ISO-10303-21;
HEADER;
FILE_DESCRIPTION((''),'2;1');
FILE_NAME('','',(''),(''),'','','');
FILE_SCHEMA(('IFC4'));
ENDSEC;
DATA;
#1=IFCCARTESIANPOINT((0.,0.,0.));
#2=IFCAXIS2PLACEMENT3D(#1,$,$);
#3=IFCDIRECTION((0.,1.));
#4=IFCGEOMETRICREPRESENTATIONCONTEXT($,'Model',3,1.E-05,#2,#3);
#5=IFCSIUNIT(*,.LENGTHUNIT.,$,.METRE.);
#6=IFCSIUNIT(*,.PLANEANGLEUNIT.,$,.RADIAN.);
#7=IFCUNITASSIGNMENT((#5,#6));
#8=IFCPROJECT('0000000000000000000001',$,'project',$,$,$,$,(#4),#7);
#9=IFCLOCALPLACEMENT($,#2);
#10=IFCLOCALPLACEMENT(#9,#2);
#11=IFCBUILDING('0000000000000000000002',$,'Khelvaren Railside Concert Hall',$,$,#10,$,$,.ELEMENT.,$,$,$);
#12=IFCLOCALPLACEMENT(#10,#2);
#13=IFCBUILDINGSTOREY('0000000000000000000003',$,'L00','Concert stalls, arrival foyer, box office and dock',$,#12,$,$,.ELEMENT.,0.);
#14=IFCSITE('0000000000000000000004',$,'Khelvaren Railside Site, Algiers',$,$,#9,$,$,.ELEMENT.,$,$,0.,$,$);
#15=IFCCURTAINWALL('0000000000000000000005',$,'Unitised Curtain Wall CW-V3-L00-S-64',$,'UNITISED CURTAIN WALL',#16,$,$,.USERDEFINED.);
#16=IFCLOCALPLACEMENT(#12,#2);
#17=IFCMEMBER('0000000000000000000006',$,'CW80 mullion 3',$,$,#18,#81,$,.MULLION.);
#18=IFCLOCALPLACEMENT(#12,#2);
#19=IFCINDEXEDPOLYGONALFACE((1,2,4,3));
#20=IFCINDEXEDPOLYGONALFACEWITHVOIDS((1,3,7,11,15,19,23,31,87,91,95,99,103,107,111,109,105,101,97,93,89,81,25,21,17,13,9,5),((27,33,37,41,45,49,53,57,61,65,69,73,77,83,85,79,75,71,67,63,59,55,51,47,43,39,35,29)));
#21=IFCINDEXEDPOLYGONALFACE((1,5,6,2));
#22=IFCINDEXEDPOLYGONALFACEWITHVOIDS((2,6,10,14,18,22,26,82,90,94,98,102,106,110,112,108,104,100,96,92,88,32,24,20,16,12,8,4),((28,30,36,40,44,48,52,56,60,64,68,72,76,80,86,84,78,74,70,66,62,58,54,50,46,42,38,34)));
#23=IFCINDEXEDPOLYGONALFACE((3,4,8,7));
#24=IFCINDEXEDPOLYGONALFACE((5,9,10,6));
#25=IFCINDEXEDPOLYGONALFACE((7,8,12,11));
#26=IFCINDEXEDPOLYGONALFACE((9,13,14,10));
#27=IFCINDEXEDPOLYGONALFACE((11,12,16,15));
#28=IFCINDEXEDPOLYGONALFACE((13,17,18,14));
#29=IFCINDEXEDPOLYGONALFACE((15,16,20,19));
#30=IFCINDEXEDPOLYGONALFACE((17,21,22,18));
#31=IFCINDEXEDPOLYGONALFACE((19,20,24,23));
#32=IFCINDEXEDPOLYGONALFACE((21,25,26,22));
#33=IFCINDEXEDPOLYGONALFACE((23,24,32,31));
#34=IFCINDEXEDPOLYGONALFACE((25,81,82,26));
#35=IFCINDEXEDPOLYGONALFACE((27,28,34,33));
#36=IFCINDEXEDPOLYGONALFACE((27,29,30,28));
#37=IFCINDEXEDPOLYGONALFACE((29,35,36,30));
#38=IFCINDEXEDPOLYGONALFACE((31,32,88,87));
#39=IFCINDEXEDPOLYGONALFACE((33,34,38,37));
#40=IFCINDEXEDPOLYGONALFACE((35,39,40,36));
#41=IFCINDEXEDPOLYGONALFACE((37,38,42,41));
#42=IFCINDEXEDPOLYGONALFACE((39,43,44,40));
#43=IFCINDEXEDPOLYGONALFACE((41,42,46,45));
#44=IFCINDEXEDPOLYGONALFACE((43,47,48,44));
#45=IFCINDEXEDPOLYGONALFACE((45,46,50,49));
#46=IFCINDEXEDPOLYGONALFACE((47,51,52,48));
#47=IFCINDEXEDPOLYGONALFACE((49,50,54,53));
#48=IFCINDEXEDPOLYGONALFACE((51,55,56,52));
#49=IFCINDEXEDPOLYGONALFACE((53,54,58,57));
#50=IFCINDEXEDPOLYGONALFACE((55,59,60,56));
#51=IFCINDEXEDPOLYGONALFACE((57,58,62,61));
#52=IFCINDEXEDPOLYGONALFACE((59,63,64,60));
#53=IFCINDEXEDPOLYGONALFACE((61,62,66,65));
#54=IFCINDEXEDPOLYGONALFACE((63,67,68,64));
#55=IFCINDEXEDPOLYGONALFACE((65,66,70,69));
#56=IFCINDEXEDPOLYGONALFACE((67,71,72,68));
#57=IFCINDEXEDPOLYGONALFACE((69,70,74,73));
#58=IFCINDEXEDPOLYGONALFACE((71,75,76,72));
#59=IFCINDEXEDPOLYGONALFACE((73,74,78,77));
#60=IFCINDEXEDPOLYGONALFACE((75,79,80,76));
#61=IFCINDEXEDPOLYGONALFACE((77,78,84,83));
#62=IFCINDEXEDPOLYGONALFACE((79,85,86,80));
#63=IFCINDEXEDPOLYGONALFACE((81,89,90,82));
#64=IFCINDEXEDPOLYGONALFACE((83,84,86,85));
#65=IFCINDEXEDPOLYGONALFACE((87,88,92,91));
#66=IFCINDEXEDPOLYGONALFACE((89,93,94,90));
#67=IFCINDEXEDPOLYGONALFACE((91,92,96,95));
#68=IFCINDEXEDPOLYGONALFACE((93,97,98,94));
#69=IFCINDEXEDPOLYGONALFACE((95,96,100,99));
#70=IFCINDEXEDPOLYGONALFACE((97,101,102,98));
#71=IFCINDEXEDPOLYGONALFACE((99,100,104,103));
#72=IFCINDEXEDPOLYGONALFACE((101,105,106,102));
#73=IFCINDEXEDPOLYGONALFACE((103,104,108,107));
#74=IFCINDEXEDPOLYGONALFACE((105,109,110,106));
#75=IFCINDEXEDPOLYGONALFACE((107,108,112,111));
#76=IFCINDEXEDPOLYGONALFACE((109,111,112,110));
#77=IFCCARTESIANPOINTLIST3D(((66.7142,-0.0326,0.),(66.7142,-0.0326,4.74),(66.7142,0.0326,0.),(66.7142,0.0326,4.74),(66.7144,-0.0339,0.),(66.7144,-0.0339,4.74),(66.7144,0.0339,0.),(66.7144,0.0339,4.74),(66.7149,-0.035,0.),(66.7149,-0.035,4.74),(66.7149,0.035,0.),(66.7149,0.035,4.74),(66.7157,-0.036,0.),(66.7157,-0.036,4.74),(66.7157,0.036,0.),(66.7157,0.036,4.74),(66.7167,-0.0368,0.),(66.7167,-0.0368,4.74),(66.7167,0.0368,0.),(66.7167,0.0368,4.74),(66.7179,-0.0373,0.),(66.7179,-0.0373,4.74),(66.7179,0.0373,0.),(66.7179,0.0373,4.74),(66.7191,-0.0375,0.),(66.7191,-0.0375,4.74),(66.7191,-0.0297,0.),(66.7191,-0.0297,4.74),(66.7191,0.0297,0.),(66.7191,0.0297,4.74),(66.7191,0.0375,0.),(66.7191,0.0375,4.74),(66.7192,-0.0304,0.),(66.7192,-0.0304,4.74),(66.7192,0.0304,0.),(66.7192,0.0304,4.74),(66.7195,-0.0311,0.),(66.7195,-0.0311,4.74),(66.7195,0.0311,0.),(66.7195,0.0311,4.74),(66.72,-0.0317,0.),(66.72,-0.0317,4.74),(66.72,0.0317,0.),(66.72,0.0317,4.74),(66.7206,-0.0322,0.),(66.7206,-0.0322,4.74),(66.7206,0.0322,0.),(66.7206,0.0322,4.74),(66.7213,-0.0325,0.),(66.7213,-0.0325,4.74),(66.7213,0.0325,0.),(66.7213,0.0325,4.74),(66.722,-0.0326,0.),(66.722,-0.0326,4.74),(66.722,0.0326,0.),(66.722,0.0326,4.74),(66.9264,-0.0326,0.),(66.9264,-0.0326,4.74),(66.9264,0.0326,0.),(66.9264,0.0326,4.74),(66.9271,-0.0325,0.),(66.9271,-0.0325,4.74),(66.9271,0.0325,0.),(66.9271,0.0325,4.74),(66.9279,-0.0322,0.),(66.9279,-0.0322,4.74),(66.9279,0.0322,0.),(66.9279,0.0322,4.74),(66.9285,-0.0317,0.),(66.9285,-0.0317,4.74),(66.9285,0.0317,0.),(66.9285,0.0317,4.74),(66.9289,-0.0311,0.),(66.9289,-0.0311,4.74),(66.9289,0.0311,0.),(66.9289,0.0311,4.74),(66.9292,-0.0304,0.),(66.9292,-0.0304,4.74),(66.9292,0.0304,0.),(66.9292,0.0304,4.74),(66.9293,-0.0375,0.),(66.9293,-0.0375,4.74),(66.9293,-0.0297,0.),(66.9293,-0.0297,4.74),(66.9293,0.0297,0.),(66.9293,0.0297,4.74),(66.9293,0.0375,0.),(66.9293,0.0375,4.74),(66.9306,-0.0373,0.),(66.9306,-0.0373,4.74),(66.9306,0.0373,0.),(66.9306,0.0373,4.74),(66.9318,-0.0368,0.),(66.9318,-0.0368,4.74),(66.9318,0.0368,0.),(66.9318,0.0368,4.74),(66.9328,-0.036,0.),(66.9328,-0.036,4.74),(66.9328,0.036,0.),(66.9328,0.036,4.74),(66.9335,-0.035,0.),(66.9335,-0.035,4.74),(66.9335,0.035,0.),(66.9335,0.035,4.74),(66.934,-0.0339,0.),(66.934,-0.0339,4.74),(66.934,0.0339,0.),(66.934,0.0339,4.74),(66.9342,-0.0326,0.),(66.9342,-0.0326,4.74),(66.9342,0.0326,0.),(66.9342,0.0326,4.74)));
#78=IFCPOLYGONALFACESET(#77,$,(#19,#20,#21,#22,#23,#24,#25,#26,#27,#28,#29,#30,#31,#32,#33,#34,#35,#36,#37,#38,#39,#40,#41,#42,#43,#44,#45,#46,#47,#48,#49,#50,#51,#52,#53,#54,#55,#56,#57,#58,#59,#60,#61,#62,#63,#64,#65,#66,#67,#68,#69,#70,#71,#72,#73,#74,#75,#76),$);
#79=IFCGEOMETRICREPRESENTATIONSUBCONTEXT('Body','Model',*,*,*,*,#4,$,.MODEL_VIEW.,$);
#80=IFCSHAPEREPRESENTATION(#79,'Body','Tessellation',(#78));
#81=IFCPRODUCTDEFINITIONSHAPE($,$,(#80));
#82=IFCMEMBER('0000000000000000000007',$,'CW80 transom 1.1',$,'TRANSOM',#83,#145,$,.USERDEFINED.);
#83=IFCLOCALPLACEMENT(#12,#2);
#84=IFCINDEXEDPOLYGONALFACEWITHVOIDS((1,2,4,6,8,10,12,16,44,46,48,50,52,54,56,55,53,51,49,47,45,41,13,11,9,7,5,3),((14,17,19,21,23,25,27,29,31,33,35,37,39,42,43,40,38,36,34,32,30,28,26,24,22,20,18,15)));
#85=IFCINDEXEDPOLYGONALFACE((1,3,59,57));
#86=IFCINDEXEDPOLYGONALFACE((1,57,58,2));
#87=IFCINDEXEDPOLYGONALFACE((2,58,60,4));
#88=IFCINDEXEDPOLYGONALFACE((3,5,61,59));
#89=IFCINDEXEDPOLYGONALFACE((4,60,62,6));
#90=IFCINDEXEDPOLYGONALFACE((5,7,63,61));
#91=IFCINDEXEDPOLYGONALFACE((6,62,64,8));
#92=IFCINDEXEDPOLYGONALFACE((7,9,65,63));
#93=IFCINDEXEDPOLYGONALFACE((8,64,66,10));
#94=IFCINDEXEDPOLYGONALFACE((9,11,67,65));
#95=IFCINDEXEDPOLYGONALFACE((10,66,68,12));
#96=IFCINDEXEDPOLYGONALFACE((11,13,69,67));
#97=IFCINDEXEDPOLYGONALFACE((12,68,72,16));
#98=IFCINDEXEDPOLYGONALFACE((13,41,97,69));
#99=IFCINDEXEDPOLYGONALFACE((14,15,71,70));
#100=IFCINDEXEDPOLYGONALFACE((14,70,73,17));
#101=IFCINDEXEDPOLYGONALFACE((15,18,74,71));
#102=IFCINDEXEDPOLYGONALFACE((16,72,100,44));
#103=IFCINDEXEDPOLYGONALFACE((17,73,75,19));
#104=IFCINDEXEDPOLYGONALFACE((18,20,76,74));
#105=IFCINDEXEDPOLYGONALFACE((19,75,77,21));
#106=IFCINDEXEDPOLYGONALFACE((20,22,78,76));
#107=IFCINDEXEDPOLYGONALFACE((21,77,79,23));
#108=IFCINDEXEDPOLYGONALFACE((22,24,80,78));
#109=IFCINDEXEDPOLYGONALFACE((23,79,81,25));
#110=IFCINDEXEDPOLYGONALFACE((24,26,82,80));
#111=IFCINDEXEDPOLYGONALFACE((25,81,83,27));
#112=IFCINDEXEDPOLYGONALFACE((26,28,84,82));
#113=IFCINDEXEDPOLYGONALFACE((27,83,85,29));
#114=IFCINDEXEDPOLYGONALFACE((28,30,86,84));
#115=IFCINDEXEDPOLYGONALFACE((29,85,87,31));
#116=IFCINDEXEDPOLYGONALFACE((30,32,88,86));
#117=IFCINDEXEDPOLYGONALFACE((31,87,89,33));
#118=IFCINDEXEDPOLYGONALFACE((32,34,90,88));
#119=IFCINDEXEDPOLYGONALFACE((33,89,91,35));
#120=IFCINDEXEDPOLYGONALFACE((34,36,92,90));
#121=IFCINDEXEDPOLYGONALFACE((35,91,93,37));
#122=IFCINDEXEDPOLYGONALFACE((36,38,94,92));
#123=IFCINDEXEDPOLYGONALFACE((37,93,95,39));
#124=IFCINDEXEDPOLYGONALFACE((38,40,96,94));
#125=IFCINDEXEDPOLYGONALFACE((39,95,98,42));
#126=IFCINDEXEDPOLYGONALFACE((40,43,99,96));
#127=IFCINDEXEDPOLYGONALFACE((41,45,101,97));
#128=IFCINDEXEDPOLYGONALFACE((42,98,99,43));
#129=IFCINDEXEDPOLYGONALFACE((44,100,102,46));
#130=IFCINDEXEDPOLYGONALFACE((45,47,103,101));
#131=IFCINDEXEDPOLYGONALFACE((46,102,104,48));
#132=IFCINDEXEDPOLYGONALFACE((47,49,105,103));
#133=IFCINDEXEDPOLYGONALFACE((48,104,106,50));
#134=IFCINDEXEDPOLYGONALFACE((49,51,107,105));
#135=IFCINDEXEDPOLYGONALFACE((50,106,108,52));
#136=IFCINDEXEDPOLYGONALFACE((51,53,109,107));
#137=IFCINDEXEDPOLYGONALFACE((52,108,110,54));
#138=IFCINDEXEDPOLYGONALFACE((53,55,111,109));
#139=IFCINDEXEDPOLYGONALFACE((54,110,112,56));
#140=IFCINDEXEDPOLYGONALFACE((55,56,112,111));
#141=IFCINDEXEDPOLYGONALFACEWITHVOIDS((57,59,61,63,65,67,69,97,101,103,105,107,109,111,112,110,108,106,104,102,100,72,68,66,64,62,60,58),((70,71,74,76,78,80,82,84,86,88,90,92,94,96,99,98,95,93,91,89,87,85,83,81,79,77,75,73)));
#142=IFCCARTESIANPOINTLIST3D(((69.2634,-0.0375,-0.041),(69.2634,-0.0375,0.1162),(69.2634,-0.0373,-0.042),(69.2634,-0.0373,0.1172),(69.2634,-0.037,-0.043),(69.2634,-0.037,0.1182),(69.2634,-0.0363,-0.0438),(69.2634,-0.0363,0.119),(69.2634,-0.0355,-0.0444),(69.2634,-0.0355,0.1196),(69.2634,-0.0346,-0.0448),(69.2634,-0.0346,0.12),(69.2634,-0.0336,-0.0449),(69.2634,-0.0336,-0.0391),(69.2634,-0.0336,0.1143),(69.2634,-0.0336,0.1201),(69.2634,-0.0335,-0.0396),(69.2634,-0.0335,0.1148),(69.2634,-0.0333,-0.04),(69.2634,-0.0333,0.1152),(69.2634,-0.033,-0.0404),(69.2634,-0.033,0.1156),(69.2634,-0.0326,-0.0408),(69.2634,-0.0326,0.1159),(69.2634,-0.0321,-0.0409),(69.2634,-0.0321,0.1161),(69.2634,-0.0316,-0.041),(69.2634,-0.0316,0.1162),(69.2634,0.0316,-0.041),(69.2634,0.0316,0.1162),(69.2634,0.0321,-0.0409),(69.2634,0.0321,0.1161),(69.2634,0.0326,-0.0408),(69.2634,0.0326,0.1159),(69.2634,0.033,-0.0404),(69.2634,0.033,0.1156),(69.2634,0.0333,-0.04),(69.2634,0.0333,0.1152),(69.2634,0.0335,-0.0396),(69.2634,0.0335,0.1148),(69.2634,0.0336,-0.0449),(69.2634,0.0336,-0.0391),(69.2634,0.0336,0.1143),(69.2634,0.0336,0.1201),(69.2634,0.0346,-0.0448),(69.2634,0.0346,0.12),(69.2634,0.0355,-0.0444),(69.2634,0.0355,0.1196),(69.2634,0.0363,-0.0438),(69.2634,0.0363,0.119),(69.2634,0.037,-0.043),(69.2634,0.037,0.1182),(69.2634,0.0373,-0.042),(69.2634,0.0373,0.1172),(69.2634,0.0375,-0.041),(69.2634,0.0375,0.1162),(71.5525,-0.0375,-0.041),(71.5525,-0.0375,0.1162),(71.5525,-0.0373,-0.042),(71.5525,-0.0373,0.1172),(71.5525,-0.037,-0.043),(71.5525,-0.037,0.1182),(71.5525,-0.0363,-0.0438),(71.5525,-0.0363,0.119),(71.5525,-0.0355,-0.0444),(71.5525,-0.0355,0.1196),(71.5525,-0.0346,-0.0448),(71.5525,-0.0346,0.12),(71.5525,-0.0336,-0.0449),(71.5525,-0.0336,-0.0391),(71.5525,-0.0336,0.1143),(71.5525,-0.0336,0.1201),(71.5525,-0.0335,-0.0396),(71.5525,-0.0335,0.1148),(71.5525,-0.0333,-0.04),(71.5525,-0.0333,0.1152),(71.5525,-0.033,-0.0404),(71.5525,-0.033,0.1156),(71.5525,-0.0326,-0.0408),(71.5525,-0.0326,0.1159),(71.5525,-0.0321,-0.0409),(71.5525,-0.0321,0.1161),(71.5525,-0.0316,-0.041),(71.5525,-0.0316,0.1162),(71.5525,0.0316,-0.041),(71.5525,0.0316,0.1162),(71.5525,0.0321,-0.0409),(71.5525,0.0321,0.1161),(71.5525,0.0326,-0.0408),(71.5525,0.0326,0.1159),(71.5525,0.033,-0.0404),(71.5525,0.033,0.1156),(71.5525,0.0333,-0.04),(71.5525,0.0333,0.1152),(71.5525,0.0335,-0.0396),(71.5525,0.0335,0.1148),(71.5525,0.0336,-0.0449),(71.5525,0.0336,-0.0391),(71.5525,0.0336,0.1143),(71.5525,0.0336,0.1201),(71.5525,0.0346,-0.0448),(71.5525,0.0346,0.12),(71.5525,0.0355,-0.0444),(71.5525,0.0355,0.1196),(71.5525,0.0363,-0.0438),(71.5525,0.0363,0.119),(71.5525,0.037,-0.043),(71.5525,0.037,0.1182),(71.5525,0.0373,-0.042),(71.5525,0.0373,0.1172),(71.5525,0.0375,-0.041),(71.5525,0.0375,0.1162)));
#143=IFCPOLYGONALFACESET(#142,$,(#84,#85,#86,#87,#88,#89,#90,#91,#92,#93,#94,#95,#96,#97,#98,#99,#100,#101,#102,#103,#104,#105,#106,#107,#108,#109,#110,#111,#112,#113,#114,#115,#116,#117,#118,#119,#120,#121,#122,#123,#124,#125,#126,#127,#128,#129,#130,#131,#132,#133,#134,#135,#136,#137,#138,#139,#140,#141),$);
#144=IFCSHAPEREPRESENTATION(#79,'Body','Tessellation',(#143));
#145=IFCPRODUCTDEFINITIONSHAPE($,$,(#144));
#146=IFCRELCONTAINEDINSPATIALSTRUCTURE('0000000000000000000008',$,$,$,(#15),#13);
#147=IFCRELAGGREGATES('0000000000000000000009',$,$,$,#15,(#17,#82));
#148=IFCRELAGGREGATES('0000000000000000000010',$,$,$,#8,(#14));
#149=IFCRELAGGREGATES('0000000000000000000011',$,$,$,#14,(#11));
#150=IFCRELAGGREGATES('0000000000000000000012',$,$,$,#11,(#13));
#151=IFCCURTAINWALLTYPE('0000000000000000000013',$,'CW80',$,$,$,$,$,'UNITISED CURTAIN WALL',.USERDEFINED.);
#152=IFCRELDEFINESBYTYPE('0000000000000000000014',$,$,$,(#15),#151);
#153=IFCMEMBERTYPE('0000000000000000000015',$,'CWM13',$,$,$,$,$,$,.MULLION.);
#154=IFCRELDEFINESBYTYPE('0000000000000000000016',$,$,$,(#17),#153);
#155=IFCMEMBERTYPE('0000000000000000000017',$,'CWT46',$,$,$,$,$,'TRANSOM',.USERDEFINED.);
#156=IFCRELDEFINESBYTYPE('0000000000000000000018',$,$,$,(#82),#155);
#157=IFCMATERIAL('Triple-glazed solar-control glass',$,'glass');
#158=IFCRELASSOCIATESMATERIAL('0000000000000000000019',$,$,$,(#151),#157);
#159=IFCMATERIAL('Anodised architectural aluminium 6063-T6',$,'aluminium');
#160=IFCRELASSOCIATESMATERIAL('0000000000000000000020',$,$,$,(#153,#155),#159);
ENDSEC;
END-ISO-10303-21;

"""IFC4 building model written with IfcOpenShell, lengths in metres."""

from ifc_helpers import new_model, si_unit, direction, frame, origin, origin_2d, place, context, subcontext, project, spatial, hollow_rectangle, extrude, material, material_profile, profile_set, type_object, element, aggregate, save


model = new_model("IFC4")

# Units and contexts
model_context = context("Model", 3, precision=1e-05, world=origin(), true_north=direction((0.0, 1.0)))
body_context = subcontext(model_context, "Body", "Model", "MODEL_VIEW")
ifc_project = project(units=[si_unit("LENGTHUNIT", "METRE"), si_unit("PLANEANGLEUNIT", "RADIAN")], contexts=[model_context])

# Site, building, storey
site_placement = place(None, origin())
site = spatial("IfcSite", under=ifc_project, at=site_placement, Name="Khelvaren Railside Site, Algiers", CompositionType="ELEMENT", RefElevation=0.0)
building_placement = place(site_placement, origin())
building = spatial("IfcBuilding", under=site, at=building_placement, Name="Khelvaren Railside Concert Hall", CompositionType="ELEMENT")
storey_placement = place(building_placement, origin())
storey = spatial("IfcBuildingStorey", under=building, at=storey_placement, Name="L00", Description="Concert stalls, arrival foyer, box office and dock", CompositionType="ELEMENT", Elevation=0.0)

# Curtain wall, members
ifc_material_1 = material(Name="Triple-glazed solar-control glass", Category="glass")
curtain_wall_type = type_object("IfcCurtainWallType", Name="CW80", ElementType="UNITISED CURTAIN WALL", PredefinedType="USERDEFINED", material=ifc_material_1)
curtain_wall_placement = place(storey_placement, origin())
curtain_wall = element("IfcCurtainWall", 1, at=curtain_wall_placement, inside=storey, type_object=curtain_wall_type, Name="Unitised Curtain Wall CW-V3-L00-S-64", ObjectType="UNITISED CURTAIN WALL", PredefinedType="USERDEFINED")
ifc_material_2 = material(Name="Anodised architectural aluminium 6063-T6", Category="aluminium")
ifc_material_profile_1 = material_profile(ifc_material_2, hollow_rectangle(XDim=0.075, YDim=0.22, WallThickness=0.0049, InnerFilletRadius=0.0029, OuterFilletRadius=0.0049, at=origin_2d()), Name="CWM 75x220x5")
ifc_profile_set_1 = profile_set([ifc_material_profile_1], Name="Anodised architectural aluminium 6063-T6")
member_type_1 = type_object("IfcMemberType", Name="CWM13", PredefinedType="MULLION", material=ifc_profile_set_1)
member_1_placement = place(storey_placement, frame((66.8242, 0.0, 0.0), z_axis=(0.0, 0.0, 1.0), x_axis=(0.0, -1.0, 0.0)))
member_1 = element("IfcMember", 2, at=member_1_placement, type_object=member_type_1, Name="CW80 mullion 3", PredefinedType="MULLION", context=body_context, shape_type="SweptSolid", body=[
    extrude(hollow_rectangle(XDim=0.075, YDim=0.22, WallThickness=0.0049, InnerFilletRadius=0.0029, OuterFilletRadius=0.0049, at=origin_2d()), origin(), (0.0, 0.0, 1.0), 4.74),
])
ifc_material_profile_2 = material_profile(ifc_material_2, hollow_rectangle(XDim=0.075, YDim=0.165, WallThickness=0.0039, InnerFilletRadius=0.002, OuterFilletRadius=0.0039, at=origin_2d()), Name="CWT 75x165x4")
ifc_profile_set_2 = profile_set([ifc_material_profile_2], Name="Anodised architectural aluminium 6063-T6")
member_type_2 = type_object("IfcMemberType", Name="CWT46", ElementType="TRANSOM", PredefinedType="USERDEFINED", material=ifc_profile_set_2)
member_2_placement = place(storey_placement, frame((71.5525, 0.0, 0.0376), z_axis=(-1.0, 0.0, 0.0), x_axis=(0.0, -1.0, 0.0)))
member_2 = element("IfcMember", 3, at=member_2_placement, type_object=member_type_2, Name="CW80 transom 1.1", ObjectType="TRANSOM", PredefinedType="USERDEFINED", context=body_context, shape_type="SweptSolid", body=[
    extrude(hollow_rectangle(XDim=0.075, YDim=0.165, WallThickness=0.0039, InnerFilletRadius=0.002, OuterFilletRadius=0.0039, at=origin_2d()), origin(), (0.0, 0.0, 1.0), 2.2891),
])

aggregate(curtain_wall, [member_1, member_2])

save(model, "model.ifc")
